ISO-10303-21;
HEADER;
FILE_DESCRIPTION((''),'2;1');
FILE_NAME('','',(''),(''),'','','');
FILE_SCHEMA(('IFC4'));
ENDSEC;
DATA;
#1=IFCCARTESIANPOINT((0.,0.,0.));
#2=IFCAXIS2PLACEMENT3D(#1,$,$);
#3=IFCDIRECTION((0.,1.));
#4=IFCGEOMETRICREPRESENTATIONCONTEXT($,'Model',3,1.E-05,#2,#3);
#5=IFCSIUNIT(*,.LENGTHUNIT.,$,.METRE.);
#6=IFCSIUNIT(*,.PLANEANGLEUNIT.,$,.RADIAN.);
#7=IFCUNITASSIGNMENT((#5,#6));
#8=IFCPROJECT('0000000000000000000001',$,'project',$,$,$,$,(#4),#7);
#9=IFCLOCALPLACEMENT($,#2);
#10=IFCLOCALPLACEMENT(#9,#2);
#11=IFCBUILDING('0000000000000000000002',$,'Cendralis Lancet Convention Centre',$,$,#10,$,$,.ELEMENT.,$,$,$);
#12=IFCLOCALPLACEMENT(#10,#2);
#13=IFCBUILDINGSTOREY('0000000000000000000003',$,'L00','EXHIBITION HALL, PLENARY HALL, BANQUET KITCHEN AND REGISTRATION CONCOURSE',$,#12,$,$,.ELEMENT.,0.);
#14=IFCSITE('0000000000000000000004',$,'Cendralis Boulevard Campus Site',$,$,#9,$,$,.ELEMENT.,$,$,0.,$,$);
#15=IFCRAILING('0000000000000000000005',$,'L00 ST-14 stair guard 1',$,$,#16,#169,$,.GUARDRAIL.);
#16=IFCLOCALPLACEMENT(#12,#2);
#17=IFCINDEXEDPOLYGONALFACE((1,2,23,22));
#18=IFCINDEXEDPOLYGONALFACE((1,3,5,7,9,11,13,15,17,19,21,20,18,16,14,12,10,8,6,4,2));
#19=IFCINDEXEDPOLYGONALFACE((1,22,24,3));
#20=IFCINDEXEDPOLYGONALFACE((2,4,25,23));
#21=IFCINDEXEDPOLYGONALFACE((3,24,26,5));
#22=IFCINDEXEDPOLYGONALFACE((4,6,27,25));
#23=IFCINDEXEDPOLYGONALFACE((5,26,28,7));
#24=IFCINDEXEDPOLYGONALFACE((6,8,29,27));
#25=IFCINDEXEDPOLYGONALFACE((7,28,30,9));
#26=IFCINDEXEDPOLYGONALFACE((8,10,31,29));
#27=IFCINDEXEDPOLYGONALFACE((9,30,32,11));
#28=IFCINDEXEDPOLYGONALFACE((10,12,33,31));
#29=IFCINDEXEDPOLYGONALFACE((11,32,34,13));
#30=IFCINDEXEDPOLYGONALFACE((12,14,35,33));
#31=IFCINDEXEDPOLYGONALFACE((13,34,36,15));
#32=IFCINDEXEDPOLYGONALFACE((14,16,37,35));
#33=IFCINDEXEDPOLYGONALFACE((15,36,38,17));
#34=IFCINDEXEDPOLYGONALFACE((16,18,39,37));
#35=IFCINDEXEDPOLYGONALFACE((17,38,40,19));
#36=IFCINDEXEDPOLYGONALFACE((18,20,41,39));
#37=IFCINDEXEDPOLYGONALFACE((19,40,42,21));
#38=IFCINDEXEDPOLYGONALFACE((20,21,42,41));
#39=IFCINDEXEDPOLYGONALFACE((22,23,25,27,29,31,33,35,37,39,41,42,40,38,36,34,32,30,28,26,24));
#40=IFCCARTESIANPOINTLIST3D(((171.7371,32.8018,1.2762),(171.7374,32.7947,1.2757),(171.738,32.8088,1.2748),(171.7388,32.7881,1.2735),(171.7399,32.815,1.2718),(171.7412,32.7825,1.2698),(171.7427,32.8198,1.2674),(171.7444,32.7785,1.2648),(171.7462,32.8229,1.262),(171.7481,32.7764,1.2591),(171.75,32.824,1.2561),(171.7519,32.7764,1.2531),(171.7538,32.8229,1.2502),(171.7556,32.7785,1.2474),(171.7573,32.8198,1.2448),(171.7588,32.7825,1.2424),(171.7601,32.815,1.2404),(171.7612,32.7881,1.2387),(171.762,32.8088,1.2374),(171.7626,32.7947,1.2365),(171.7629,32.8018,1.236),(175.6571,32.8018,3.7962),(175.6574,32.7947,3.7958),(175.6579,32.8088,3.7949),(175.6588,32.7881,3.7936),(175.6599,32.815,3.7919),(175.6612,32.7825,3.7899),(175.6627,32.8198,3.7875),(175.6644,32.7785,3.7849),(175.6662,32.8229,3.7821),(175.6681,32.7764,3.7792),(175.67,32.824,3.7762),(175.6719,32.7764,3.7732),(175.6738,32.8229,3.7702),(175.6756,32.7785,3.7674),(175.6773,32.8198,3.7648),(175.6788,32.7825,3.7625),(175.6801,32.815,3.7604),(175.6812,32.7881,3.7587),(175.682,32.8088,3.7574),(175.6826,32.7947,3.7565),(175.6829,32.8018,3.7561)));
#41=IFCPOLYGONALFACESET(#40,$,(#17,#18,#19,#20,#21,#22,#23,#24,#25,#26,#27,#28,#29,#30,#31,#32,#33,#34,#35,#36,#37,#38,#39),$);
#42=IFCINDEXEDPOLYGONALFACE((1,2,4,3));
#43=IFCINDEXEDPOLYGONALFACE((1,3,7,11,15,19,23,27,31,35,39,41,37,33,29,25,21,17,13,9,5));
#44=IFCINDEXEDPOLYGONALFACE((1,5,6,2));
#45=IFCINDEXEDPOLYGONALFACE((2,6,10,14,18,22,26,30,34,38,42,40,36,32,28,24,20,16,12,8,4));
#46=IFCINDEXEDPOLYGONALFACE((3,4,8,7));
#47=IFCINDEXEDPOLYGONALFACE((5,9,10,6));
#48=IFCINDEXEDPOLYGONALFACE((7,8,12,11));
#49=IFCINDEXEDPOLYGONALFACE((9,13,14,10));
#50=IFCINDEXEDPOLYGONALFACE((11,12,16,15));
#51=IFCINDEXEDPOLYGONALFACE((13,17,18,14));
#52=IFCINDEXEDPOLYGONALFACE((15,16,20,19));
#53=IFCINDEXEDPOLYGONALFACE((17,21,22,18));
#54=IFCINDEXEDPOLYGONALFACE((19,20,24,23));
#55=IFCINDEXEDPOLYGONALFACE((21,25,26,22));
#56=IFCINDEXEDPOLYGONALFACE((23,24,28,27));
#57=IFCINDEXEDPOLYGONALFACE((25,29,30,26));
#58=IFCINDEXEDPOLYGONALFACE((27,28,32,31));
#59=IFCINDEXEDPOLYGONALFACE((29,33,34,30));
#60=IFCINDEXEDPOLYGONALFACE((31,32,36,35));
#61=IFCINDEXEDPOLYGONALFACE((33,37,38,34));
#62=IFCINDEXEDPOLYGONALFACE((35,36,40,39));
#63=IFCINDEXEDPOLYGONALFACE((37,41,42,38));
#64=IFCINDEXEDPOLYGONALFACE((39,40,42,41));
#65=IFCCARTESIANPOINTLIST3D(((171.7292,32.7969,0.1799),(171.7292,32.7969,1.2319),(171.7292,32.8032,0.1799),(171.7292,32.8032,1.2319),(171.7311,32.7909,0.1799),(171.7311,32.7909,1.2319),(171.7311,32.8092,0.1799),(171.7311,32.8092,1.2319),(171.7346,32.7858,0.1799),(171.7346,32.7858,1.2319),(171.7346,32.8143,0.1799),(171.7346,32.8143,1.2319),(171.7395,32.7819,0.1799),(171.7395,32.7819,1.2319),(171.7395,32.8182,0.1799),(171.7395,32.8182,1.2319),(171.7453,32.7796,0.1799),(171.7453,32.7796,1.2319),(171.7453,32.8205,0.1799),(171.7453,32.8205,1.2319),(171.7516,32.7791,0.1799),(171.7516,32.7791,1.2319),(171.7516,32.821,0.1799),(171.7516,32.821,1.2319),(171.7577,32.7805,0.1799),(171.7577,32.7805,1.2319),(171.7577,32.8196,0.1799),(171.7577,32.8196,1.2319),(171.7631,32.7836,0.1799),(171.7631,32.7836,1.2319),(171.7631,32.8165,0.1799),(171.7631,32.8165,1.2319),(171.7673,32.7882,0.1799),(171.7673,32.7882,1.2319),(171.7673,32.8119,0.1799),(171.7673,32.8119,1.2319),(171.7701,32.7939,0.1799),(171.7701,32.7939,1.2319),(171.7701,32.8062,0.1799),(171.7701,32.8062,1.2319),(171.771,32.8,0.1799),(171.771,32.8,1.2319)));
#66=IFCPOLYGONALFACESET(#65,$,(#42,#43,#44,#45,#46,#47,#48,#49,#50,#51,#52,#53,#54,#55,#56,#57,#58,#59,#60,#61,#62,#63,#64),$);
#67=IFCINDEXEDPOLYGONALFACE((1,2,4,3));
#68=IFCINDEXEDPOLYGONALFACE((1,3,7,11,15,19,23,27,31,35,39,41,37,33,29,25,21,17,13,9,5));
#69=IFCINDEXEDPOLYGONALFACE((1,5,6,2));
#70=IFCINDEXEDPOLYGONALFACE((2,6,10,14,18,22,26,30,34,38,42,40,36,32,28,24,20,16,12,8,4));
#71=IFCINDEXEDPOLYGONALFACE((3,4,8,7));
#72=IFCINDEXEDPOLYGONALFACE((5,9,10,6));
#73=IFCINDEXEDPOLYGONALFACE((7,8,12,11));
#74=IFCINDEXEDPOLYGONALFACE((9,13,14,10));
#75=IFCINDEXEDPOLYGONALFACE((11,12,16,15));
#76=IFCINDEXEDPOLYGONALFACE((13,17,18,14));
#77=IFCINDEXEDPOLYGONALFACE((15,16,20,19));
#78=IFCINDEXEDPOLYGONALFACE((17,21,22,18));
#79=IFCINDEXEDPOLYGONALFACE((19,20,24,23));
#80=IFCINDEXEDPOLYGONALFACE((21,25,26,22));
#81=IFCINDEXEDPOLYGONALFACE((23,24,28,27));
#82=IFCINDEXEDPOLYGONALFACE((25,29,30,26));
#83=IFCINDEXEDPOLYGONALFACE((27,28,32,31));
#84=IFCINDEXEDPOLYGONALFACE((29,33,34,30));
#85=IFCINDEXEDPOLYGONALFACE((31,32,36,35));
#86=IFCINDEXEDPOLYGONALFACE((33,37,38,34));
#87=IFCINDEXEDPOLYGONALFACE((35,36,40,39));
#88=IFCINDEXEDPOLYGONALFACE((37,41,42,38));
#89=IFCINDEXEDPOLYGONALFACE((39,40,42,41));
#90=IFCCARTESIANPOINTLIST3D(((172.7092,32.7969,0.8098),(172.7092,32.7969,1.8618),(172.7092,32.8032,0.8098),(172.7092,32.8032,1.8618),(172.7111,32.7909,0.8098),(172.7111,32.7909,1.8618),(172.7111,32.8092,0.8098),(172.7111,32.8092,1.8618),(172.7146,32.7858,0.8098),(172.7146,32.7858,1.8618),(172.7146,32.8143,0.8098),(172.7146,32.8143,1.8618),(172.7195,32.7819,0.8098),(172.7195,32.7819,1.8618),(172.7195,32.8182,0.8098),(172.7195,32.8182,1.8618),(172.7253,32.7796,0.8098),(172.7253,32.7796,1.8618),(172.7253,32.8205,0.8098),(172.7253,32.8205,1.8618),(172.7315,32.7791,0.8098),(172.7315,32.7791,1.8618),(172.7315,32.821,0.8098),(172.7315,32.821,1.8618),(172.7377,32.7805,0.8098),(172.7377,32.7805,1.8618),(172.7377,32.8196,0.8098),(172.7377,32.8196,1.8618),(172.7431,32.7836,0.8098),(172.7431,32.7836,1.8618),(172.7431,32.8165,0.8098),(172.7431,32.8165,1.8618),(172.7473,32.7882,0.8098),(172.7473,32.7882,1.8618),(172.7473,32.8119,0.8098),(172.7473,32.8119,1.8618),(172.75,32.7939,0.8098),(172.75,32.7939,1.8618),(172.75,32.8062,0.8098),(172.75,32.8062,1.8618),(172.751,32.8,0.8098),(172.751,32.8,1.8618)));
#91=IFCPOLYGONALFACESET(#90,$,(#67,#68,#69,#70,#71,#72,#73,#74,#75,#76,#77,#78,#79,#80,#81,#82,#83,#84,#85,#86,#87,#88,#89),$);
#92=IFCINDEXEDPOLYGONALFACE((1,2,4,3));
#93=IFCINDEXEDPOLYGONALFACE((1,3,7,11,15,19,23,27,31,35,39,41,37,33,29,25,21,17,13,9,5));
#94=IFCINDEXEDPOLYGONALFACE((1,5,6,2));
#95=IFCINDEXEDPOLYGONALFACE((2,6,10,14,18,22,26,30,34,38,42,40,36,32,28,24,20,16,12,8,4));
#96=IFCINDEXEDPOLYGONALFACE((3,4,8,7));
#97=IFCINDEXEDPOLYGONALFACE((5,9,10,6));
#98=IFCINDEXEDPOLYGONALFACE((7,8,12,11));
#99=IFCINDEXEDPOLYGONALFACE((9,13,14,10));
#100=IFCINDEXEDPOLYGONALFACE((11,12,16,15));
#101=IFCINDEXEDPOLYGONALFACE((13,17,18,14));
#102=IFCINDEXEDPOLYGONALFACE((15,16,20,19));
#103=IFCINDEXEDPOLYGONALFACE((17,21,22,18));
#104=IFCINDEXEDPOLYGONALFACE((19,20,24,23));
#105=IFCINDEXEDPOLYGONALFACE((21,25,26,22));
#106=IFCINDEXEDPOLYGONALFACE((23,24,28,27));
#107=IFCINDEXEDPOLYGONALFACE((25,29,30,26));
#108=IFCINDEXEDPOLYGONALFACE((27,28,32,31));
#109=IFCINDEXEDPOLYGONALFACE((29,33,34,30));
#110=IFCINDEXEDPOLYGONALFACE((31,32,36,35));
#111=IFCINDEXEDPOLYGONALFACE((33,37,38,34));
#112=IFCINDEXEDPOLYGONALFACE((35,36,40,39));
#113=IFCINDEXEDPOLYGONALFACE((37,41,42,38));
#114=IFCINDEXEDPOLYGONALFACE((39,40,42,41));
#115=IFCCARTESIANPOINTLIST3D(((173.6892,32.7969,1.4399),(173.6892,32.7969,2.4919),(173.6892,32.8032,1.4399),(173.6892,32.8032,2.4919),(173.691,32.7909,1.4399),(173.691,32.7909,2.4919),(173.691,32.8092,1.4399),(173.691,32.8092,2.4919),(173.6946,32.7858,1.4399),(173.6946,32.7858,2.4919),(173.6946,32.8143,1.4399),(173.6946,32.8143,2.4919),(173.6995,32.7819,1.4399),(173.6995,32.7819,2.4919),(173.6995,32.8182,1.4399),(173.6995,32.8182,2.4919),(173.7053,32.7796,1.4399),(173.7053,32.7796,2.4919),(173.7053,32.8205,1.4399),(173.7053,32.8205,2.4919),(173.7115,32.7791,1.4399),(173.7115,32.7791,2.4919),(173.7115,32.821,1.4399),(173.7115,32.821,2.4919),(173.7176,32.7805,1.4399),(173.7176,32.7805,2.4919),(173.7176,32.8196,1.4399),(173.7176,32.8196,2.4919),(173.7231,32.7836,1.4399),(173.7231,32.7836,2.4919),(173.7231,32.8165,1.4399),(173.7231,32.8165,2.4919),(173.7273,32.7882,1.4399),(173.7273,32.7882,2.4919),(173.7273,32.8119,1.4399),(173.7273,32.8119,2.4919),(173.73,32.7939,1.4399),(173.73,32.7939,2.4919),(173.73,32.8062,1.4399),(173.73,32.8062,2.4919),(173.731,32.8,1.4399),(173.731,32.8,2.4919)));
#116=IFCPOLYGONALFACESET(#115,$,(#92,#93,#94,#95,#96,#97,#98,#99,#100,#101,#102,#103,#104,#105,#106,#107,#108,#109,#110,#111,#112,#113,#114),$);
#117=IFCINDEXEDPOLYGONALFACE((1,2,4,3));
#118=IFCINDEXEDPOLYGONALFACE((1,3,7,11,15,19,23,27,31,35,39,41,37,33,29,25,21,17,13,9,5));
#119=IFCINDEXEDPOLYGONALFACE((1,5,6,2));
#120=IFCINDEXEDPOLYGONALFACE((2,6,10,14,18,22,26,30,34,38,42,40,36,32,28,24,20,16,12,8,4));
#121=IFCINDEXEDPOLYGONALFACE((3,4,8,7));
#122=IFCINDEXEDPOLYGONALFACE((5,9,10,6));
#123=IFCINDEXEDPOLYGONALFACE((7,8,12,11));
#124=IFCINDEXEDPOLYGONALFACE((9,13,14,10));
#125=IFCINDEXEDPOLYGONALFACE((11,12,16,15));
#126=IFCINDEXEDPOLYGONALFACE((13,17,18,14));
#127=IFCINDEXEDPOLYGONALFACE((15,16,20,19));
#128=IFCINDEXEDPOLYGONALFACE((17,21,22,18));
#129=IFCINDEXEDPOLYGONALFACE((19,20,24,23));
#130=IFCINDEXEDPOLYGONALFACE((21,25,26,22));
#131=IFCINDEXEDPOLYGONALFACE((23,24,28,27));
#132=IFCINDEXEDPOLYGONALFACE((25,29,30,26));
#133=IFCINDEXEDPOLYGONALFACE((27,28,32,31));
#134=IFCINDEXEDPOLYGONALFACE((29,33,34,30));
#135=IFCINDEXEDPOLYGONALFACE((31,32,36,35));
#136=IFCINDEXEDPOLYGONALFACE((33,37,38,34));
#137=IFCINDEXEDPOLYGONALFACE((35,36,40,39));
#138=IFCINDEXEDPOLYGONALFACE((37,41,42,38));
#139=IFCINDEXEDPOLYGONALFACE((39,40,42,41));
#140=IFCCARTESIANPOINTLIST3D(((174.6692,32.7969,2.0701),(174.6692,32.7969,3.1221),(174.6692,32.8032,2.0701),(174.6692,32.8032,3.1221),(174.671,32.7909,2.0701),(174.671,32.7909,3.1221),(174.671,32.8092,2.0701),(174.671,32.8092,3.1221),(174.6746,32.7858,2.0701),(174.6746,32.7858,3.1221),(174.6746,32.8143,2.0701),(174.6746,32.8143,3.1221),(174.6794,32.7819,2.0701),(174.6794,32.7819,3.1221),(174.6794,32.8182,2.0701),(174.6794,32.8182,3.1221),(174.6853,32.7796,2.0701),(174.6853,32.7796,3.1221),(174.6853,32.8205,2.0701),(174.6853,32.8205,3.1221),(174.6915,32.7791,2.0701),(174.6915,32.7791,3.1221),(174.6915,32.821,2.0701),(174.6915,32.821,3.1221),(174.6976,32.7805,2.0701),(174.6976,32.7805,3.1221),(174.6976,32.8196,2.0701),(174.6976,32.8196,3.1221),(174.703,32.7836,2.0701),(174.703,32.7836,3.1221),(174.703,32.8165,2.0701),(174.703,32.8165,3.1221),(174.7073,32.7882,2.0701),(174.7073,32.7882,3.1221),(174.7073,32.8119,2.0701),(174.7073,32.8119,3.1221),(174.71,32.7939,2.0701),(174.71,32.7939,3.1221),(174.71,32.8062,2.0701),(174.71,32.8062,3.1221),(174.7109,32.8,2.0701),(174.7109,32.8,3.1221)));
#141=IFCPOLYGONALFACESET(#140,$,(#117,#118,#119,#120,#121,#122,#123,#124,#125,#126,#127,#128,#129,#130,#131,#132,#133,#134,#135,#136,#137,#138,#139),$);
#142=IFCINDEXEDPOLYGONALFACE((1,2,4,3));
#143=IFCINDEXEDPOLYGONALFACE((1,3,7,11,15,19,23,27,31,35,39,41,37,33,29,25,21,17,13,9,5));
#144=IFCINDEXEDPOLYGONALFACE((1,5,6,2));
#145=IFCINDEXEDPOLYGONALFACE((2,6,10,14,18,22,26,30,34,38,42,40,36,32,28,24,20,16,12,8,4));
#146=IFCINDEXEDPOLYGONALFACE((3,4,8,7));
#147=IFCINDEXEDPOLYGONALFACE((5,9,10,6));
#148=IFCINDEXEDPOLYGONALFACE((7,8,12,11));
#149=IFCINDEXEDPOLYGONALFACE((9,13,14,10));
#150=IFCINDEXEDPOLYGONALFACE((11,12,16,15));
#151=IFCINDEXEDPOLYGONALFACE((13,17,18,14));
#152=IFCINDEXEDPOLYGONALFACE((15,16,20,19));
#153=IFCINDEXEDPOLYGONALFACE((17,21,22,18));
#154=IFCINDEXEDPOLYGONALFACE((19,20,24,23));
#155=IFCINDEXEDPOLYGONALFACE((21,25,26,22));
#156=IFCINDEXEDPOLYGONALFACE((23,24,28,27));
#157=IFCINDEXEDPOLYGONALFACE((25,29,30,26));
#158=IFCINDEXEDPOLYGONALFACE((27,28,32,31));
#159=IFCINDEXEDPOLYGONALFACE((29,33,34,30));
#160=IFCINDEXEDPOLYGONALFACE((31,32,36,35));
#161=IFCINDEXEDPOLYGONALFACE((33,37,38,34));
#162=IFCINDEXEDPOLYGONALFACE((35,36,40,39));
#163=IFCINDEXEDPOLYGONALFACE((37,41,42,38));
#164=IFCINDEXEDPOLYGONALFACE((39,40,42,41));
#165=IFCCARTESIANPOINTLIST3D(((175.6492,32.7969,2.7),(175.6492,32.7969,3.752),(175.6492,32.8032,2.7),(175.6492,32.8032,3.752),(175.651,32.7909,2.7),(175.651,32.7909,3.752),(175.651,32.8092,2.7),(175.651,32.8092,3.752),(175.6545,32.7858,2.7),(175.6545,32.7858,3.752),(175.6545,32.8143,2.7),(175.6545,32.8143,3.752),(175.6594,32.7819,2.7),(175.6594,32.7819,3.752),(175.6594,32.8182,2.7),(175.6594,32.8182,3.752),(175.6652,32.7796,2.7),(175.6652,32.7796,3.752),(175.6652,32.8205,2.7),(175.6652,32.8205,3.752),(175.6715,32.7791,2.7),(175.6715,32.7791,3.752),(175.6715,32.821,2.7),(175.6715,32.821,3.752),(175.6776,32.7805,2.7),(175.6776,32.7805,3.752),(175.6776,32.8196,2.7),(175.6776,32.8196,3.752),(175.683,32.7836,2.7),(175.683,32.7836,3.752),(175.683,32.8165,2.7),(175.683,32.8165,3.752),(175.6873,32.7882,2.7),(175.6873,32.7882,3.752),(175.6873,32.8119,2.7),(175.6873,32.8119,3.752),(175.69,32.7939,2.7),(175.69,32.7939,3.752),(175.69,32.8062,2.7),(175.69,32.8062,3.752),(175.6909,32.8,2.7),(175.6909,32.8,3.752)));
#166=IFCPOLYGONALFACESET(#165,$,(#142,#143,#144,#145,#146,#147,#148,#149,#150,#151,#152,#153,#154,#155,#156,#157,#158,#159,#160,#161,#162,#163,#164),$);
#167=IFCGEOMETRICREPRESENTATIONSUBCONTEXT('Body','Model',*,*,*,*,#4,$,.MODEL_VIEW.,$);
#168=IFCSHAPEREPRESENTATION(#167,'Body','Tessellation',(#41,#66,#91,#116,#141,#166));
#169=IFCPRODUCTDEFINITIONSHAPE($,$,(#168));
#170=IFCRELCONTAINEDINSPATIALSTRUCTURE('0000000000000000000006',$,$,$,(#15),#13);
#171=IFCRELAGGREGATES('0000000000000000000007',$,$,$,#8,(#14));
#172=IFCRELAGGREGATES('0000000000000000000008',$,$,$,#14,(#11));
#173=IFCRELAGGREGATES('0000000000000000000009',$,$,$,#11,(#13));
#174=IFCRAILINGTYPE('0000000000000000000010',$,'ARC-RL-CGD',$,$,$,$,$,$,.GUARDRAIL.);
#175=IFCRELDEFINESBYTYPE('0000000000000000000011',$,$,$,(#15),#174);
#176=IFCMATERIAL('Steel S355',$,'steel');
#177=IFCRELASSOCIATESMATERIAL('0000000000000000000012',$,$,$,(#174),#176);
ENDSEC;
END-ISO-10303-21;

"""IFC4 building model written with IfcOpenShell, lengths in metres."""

from ifc_helpers import new_model, si_unit, direction, frame, origin, origin_2d, place, context, subcontext, project, spatial, circle, extrude, material, type_object, element, save


model = new_model("IFC4")

# Units and contexts
model_context = context("Model", 3, precision=1e-05, world=origin(), true_north=direction((0.0, 1.0)))
body_context = subcontext(model_context, "Body", "Model", "MODEL_VIEW")
ifc_project = project(units=[si_unit("LENGTHUNIT", "METRE"), si_unit("PLANEANGLEUNIT", "RADIAN")], contexts=[model_context])

# Site, building, storey
site_placement = place(None, origin())
site = spatial("IfcSite", under=ifc_project, at=site_placement, Name="Cendralis Boulevard Campus Site", CompositionType="ELEMENT", RefElevation=0.0)
building_placement = place(site_placement, origin())
building = spatial("IfcBuilding", under=site, at=building_placement, Name="Cendralis Lancet Convention Centre", CompositionType="ELEMENT")
storey_placement = place(building_placement, origin())
storey = spatial("IfcBuildingStorey", under=building, at=storey_placement, Name="L00", Description="EXHIBITION HALL, PLENARY HALL, BANQUET KITCHEN AND REGISTRATION CONCOURSE", CompositionType="ELEMENT", Elevation=0.0)

# Shared definitions
ifc_material_1 = material(Name="Steel S355", Category="steel")

# Railing
railing_type_1 = type_object("IfcRailingType", Name="ARC-RL-CGD", PredefinedType="GUARDRAIL", material=ifc_material_1)
railing_1_placement = place(storey_placement, frame((171.75, 32.8, 0.1799)))
element("IfcRailing", 1, at=railing_1_placement, inside=storey, type_object=railing_type_1, Name="L00 ST-14 stair guard 1", PredefinedType="GUARDRAIL", context=body_context, shape_type="SweptSolid", body=[
    extrude(circle(Radius=0.0239, at=origin_2d()), frame((0.0, 0.0, 1.0762), z_axis=(0.841172, 0.0, 0.540768), x_axis=(0.0, 1.0, 0.0)), (0.0, 0.0, 1.0), 4.6602),
    extrude(circle(Radius=0.021, at=origin_2d()), origin(), (0.0, 0.0, 1.0), 1.052),
    extrude(circle(Radius=0.021, at=origin_2d()), frame((0.98, 0.0, 0.6299)), (0.0, 0.0, 1.0), 1.052),
    extrude(circle(Radius=0.021, at=origin_2d()), frame((1.96, 0.0, 1.26)), (0.0, 0.0, 1.0), 1.052),
    extrude(circle(Radius=0.021, at=origin_2d()), frame((2.9399, 0.0, 1.8901)), (0.0, 0.0, 1.0), 1.052),
    extrude(circle(Radius=0.021, at=origin_2d()), frame((3.9199, 0.0, 2.52)), (0.0, 0.0, 1.0), 1.052),
])

save(model, "model.ifc")
